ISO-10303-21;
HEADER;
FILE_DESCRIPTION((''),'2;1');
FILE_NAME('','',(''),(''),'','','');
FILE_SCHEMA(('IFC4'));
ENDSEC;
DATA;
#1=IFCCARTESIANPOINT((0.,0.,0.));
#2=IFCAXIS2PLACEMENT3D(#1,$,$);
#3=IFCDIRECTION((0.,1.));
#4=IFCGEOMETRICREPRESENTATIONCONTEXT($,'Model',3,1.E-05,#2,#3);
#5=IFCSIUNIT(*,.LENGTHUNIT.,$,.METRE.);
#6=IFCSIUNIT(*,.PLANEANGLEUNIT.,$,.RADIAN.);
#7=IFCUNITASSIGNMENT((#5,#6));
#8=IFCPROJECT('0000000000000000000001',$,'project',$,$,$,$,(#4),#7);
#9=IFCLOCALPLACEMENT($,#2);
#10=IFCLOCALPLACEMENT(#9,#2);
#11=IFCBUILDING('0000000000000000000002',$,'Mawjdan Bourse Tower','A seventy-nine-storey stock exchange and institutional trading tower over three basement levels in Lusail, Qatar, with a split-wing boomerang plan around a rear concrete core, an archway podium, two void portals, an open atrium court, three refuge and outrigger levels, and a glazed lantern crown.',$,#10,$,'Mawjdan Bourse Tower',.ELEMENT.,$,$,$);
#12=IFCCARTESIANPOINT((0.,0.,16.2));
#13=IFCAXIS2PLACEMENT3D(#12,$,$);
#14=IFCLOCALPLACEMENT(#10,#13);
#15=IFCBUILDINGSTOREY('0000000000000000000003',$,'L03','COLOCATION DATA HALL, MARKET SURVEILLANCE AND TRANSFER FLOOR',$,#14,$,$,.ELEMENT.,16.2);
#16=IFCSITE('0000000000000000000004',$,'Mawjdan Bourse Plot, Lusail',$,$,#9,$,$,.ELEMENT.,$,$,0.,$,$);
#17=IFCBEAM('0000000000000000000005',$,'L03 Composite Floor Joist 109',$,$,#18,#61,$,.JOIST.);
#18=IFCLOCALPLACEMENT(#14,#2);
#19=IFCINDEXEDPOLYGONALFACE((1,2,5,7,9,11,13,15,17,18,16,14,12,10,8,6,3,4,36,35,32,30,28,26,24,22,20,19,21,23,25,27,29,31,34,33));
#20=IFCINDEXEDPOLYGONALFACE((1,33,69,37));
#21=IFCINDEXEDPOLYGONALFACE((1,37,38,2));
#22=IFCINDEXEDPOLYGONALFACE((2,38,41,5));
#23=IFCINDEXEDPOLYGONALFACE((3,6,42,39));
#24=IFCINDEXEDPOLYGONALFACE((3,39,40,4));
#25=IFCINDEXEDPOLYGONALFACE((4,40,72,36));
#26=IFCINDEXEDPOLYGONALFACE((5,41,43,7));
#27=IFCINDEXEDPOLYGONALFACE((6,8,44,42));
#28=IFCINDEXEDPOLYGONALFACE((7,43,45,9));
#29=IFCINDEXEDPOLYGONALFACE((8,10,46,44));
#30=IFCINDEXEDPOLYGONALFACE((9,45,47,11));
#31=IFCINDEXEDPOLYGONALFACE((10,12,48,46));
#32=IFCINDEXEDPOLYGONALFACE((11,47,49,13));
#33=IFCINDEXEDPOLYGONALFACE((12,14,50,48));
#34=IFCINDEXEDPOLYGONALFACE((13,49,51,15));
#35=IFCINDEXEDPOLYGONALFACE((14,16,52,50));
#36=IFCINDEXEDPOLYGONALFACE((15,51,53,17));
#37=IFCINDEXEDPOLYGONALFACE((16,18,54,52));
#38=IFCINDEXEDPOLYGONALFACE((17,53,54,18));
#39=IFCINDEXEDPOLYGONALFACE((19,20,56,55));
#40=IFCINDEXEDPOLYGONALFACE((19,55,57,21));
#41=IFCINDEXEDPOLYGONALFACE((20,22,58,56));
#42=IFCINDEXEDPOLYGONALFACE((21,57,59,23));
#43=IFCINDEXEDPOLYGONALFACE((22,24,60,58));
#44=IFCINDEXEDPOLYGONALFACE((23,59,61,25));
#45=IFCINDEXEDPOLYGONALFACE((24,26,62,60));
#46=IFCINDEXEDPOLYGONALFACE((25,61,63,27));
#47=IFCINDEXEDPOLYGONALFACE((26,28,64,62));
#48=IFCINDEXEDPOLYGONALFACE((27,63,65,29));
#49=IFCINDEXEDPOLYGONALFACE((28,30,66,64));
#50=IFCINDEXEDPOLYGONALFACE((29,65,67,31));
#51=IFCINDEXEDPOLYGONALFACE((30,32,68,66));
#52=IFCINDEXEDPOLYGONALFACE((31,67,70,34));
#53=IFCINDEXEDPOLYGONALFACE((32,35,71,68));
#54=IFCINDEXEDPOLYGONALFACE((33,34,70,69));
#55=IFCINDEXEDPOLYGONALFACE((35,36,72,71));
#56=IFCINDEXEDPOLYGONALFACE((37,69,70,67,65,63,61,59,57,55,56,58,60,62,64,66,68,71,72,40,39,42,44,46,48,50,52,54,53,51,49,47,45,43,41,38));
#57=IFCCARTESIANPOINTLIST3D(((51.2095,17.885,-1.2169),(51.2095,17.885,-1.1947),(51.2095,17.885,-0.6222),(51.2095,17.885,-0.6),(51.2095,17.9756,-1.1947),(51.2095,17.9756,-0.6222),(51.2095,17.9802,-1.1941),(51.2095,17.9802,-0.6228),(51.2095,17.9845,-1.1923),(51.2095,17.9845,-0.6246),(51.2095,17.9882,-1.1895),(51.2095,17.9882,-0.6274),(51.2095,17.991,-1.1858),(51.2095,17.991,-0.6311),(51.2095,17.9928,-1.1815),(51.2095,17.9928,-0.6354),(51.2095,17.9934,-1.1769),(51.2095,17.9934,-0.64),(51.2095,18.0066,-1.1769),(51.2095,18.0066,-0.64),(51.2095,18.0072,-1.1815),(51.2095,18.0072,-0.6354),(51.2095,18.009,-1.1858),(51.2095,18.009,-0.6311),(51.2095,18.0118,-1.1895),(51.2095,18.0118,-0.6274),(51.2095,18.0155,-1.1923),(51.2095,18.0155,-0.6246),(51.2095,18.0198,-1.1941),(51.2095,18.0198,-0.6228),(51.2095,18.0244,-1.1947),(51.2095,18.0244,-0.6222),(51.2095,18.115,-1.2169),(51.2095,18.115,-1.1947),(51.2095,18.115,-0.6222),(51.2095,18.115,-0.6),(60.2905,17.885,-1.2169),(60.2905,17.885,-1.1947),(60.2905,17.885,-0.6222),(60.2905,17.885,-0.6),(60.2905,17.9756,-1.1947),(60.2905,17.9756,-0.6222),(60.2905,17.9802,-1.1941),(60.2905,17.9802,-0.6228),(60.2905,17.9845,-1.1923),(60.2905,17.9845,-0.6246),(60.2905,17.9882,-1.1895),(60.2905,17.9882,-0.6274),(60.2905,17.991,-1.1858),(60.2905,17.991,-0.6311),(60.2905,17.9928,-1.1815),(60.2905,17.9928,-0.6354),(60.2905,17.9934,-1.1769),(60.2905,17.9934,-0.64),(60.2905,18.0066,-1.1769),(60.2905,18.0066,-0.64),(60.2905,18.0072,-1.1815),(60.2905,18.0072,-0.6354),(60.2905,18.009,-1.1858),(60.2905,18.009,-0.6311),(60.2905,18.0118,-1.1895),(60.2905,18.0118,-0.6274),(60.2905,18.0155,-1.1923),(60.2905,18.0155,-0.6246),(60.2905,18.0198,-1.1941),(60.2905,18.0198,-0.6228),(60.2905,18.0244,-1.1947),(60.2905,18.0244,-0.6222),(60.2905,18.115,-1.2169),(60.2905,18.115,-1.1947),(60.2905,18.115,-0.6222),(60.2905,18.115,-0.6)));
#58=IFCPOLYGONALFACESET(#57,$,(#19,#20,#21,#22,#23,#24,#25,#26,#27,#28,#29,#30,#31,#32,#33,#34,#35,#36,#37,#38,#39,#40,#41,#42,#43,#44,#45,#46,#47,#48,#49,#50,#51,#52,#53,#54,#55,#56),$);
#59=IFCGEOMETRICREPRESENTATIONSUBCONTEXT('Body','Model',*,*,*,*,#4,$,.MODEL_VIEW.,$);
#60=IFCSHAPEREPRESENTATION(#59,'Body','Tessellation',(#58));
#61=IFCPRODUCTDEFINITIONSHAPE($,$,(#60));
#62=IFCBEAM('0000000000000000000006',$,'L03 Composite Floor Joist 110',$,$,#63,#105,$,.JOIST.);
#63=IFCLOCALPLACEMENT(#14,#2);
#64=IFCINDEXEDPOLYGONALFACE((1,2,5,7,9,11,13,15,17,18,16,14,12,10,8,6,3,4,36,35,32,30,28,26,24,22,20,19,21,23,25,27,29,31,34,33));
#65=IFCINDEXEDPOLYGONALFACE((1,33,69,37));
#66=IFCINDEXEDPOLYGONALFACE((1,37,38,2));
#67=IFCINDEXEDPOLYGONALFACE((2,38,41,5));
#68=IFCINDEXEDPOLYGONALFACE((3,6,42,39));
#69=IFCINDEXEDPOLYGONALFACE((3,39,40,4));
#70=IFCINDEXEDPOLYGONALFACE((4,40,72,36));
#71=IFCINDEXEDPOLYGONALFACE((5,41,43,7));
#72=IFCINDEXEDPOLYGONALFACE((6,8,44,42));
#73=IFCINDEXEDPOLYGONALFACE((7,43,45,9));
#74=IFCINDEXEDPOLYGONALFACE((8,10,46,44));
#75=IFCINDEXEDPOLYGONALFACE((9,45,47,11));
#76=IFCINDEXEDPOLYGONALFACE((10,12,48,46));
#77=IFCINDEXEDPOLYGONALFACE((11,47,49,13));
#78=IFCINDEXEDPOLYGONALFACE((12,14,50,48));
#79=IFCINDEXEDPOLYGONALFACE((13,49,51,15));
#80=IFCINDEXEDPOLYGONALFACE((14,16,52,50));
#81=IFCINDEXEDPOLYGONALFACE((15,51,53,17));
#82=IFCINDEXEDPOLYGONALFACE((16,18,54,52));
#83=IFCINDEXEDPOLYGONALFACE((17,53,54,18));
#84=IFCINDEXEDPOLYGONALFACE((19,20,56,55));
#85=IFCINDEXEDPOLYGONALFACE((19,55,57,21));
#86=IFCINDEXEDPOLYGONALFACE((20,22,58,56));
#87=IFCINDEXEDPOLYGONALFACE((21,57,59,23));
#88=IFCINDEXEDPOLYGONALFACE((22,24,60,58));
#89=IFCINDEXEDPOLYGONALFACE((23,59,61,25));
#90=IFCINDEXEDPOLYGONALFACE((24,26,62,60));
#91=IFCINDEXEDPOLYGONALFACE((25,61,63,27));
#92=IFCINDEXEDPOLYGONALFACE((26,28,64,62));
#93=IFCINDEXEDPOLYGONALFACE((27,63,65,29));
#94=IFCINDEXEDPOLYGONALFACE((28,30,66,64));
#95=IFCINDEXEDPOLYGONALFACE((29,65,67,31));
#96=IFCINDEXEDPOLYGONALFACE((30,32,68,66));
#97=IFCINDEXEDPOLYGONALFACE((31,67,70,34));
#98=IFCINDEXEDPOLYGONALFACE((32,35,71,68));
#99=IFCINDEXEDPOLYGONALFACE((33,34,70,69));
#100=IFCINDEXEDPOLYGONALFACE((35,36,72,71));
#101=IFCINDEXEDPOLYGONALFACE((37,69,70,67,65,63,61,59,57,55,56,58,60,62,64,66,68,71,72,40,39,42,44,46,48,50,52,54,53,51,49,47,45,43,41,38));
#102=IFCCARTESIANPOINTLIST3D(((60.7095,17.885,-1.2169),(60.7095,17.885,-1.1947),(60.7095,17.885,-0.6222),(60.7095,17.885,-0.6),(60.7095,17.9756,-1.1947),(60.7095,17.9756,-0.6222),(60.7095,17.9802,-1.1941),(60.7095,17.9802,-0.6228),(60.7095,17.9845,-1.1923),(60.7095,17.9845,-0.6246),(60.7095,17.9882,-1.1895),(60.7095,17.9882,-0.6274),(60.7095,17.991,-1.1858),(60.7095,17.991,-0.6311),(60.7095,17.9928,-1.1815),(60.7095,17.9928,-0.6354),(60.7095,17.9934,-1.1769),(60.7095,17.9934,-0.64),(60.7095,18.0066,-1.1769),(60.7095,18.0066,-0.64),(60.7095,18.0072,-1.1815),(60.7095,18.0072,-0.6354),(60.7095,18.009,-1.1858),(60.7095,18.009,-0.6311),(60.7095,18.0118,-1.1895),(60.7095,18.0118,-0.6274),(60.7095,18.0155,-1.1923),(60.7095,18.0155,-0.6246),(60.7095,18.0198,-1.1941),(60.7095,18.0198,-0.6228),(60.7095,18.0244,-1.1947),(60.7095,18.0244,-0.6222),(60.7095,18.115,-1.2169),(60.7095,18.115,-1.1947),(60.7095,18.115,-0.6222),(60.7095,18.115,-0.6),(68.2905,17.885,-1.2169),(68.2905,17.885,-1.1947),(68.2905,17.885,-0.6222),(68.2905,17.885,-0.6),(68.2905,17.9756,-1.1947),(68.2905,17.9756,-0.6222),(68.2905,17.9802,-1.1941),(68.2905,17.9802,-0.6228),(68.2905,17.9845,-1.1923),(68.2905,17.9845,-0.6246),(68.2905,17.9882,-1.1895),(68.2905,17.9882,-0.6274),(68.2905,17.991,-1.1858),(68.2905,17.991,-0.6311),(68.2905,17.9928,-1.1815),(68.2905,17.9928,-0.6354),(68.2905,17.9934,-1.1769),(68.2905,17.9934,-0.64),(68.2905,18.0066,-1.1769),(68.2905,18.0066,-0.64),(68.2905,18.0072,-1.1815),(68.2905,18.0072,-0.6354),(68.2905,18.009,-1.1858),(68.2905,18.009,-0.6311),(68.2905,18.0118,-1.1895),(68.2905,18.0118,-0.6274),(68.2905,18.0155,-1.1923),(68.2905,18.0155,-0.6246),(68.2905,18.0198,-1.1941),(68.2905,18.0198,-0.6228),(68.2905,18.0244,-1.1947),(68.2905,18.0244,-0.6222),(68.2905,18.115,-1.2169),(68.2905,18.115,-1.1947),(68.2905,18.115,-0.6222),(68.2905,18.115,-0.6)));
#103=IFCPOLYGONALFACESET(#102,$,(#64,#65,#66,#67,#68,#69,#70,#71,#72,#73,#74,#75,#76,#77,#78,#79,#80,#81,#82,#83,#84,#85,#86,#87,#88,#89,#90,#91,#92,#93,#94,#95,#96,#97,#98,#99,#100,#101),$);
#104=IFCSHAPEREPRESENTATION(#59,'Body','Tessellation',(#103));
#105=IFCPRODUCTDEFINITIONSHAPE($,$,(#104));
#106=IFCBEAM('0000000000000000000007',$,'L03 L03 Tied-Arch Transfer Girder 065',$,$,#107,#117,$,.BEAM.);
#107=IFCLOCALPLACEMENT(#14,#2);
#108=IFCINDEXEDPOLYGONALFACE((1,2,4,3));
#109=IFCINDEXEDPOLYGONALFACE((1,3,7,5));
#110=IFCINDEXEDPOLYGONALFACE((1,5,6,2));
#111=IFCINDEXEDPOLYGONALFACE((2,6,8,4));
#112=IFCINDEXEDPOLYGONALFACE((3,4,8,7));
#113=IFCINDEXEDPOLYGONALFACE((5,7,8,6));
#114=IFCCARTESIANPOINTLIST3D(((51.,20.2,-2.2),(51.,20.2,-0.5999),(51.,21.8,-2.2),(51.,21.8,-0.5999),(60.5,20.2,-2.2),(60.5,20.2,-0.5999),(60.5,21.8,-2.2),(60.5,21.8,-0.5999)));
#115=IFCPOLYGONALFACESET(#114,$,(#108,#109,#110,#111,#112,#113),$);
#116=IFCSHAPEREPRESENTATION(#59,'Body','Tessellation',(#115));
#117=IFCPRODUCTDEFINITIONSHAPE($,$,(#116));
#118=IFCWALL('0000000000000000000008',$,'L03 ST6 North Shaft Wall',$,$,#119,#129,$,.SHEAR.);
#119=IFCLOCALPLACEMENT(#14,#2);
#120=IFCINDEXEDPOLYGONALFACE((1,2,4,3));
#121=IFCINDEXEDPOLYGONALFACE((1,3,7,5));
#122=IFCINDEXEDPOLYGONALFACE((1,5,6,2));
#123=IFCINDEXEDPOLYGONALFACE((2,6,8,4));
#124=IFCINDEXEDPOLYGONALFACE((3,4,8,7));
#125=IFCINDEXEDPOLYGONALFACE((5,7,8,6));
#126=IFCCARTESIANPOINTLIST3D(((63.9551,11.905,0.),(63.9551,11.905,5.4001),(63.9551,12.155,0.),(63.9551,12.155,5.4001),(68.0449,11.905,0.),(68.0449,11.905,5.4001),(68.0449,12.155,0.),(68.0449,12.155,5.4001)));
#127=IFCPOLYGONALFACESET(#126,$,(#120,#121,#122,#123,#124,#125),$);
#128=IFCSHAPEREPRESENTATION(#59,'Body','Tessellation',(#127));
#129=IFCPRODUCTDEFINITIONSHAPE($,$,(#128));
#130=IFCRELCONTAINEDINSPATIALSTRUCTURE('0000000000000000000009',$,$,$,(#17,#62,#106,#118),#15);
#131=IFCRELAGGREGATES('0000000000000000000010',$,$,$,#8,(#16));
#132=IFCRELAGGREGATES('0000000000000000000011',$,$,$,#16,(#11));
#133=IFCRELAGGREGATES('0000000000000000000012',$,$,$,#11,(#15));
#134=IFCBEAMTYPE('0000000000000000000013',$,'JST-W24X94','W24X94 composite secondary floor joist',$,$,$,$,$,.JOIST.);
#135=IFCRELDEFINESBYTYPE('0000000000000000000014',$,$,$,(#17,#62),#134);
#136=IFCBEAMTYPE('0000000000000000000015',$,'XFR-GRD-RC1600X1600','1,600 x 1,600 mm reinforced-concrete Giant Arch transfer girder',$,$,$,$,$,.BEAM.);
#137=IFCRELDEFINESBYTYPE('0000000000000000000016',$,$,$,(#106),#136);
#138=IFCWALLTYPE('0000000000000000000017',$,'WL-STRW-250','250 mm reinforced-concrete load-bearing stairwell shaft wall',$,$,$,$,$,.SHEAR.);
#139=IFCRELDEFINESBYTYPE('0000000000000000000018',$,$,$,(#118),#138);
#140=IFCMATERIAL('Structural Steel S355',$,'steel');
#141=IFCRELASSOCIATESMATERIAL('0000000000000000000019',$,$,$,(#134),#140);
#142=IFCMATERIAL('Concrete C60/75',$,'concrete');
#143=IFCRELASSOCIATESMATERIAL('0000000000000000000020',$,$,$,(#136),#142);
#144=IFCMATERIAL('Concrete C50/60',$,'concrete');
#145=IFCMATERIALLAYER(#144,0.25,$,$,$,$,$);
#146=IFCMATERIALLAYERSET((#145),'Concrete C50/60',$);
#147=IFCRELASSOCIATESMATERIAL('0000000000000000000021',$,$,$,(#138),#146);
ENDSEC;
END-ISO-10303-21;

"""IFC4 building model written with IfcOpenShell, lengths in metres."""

from ifc_helpers import new_model, si_unit, direction, frame, frame_2d, origin, origin_2d, place, context, subcontext, project, spatial, rectangle, i_section, extrude, material, layer, layer_set, material_profile, profile_set, type_object, element, save


model = new_model("IFC4")

# Units and contexts
model_context = context("Model", 3, precision=1e-05, world=origin(), true_north=direction((0.0, 1.0)))
body_context = subcontext(model_context, "Body", "Model", "MODEL_VIEW")
ifc_project = project(units=[si_unit("LENGTHUNIT", "METRE"), si_unit("PLANEANGLEUNIT", "RADIAN")], contexts=[model_context])

# Site, building, storey
site_placement = place(None, origin())
site = spatial("IfcSite", under=ifc_project, at=site_placement, Name="Mawjdan Bourse Plot, Lusail", CompositionType="ELEMENT", RefElevation=0.0)
building_placement = place(site_placement, origin())
building = spatial("IfcBuilding", under=site, at=building_placement, Name="Mawjdan Bourse Tower", Description="A seventy-nine-storey stock exchange and institutional trading tower over three basement levels in Lusail, Qatar, with a split-wing boomerang plan around a rear concrete core, an archway podium, two void portals, an open atrium court, three refuge and outrigger levels, and a glazed lantern crown.", LongName="Mawjdan Bourse Tower", CompositionType="ELEMENT")
storey_placement = place(building_placement, frame((0.0, 0.0, 16.2)))
storey = spatial("IfcBuildingStorey", under=building, at=storey_placement, Name="L03", Description="COLOCATION DATA HALL, MARKET SURVEILLANCE AND TRANSFER FLOOR", CompositionType="ELEMENT", Elevation=16.2)

# Beams
ifc_material_1 = material(Name="Structural Steel S355", Category="steel")
ifc_material_profile_1 = material_profile(ifc_material_1, i_section(OverallWidth=0.23, OverallDepth=0.6169, WebThickness=0.0132, FlangeThickness=0.0222, FilletRadius=0.0178, at=origin_2d()), Name="W24X94")
ifc_profile_set_1 = profile_set([ifc_material_profile_1], Name="Structural Steel S355")
beam_type_1 = type_object("IfcBeamType", Name="JST-W24X94", Description="W24X94 composite secondary floor joist", PredefinedType="JOIST", material=ifc_profile_set_1)
beam_1_placement = place(storey_placement, frame((51.2095, 18.0, -0.9084), z_axis=(1.0, 0.0, 0.0), x_axis=(0.0, 1.0, 0.0)))
element("IfcBeam", 1, at=beam_1_placement, inside=storey, type_object=beam_type_1, Name="L03 Composite Floor Joist 109", PredefinedType="JOIST", context=body_context, shape_type="SweptSolid", body=[
    extrude(i_section(OverallWidth=0.23, OverallDepth=0.6169, WebThickness=0.0132, FlangeThickness=0.0222, FilletRadius=0.0178, at=origin_2d()), origin(), (0.0, 0.0, 1.0), 9.0811),
])
beam_2_placement = place(storey_placement, frame((60.7095, 18.0, -0.9084), z_axis=(1.0, 0.0, 0.0), x_axis=(0.0, 1.0, 0.0)))
element("IfcBeam", 2, at=beam_2_placement, inside=storey, type_object=beam_type_1, Name="L03 Composite Floor Joist 110", PredefinedType="JOIST", context=body_context, shape_type="SweptSolid", body=[
    extrude(i_section(OverallWidth=0.23, OverallDepth=0.6169, WebThickness=0.0132, FlangeThickness=0.0222, FilletRadius=0.0178, at=origin_2d()), origin(), (0.0, 0.0, 1.0), 7.5811),
])
ifc_material_2 = material(Name="Concrete C60/75", Category="concrete")
ifc_material_profile_2 = material_profile(ifc_material_2, rectangle(XDim=1.6001, YDim=1.6001, at=origin_2d()), Name="RC1600X1600")
ifc_profile_set_2 = profile_set([ifc_material_profile_2], Name="Concrete C60/75")
beam_type_2 = type_object("IfcBeamType", Name="XFR-GRD-RC1600X1600", Description="1,600 x 1,600 mm reinforced-concrete Giant Arch transfer girder", PredefinedType="BEAM", material=ifc_profile_set_2)
beam_3_placement = place(storey_placement, frame((51.0, 21.0, -1.3999), z_axis=(1.0, 0.0, 0.0), x_axis=(0.0, 1.0, 0.0)))
element("IfcBeam", 3, at=beam_3_placement, inside=storey, type_object=beam_type_2, Name="L03 L03 Tied-Arch Transfer Girder 065", PredefinedType="BEAM", context=body_context, shape_type="SweptSolid", body=[
    extrude(rectangle(XDim=1.6001, YDim=1.6001, at=origin_2d()), origin(), (0.0, 0.0, 1.0), 9.5),
])

# Wall
ifc_material_3 = material(Name="Concrete C50/60", Category="concrete")
ifc_layer = layer(ifc_material_3, 0.25)
ifc_layer_set = layer_set([ifc_layer], Name="Concrete C50/60")
wall_type = type_object("IfcWallType", Name="WL-STRW-250", Description="250 mm reinforced-concrete load-bearing stairwell shaft wall", PredefinedType="SHEAR", material=ifc_layer_set)
wall_placement = place(storey_placement, frame((63.9551, 12.03, 0.0), z_axis=(0.0, 0.0, 1.0), x_axis=(1.0, 0.0, 0.0)))
element("IfcWall", 4, at=wall_placement, inside=storey, type_object=wall_type, Name="L03 ST6 North Shaft Wall", PredefinedType="SHEAR", context=body_context, shape_type="SweptSolid", body=[
    extrude(rectangle(XDim=4.0898, YDim=0.25, at=frame_2d((2.0449, 0.0))), origin(), (0.0, 0.0, 1.0), 5.4001),
])

save(model, "model.ifc")
